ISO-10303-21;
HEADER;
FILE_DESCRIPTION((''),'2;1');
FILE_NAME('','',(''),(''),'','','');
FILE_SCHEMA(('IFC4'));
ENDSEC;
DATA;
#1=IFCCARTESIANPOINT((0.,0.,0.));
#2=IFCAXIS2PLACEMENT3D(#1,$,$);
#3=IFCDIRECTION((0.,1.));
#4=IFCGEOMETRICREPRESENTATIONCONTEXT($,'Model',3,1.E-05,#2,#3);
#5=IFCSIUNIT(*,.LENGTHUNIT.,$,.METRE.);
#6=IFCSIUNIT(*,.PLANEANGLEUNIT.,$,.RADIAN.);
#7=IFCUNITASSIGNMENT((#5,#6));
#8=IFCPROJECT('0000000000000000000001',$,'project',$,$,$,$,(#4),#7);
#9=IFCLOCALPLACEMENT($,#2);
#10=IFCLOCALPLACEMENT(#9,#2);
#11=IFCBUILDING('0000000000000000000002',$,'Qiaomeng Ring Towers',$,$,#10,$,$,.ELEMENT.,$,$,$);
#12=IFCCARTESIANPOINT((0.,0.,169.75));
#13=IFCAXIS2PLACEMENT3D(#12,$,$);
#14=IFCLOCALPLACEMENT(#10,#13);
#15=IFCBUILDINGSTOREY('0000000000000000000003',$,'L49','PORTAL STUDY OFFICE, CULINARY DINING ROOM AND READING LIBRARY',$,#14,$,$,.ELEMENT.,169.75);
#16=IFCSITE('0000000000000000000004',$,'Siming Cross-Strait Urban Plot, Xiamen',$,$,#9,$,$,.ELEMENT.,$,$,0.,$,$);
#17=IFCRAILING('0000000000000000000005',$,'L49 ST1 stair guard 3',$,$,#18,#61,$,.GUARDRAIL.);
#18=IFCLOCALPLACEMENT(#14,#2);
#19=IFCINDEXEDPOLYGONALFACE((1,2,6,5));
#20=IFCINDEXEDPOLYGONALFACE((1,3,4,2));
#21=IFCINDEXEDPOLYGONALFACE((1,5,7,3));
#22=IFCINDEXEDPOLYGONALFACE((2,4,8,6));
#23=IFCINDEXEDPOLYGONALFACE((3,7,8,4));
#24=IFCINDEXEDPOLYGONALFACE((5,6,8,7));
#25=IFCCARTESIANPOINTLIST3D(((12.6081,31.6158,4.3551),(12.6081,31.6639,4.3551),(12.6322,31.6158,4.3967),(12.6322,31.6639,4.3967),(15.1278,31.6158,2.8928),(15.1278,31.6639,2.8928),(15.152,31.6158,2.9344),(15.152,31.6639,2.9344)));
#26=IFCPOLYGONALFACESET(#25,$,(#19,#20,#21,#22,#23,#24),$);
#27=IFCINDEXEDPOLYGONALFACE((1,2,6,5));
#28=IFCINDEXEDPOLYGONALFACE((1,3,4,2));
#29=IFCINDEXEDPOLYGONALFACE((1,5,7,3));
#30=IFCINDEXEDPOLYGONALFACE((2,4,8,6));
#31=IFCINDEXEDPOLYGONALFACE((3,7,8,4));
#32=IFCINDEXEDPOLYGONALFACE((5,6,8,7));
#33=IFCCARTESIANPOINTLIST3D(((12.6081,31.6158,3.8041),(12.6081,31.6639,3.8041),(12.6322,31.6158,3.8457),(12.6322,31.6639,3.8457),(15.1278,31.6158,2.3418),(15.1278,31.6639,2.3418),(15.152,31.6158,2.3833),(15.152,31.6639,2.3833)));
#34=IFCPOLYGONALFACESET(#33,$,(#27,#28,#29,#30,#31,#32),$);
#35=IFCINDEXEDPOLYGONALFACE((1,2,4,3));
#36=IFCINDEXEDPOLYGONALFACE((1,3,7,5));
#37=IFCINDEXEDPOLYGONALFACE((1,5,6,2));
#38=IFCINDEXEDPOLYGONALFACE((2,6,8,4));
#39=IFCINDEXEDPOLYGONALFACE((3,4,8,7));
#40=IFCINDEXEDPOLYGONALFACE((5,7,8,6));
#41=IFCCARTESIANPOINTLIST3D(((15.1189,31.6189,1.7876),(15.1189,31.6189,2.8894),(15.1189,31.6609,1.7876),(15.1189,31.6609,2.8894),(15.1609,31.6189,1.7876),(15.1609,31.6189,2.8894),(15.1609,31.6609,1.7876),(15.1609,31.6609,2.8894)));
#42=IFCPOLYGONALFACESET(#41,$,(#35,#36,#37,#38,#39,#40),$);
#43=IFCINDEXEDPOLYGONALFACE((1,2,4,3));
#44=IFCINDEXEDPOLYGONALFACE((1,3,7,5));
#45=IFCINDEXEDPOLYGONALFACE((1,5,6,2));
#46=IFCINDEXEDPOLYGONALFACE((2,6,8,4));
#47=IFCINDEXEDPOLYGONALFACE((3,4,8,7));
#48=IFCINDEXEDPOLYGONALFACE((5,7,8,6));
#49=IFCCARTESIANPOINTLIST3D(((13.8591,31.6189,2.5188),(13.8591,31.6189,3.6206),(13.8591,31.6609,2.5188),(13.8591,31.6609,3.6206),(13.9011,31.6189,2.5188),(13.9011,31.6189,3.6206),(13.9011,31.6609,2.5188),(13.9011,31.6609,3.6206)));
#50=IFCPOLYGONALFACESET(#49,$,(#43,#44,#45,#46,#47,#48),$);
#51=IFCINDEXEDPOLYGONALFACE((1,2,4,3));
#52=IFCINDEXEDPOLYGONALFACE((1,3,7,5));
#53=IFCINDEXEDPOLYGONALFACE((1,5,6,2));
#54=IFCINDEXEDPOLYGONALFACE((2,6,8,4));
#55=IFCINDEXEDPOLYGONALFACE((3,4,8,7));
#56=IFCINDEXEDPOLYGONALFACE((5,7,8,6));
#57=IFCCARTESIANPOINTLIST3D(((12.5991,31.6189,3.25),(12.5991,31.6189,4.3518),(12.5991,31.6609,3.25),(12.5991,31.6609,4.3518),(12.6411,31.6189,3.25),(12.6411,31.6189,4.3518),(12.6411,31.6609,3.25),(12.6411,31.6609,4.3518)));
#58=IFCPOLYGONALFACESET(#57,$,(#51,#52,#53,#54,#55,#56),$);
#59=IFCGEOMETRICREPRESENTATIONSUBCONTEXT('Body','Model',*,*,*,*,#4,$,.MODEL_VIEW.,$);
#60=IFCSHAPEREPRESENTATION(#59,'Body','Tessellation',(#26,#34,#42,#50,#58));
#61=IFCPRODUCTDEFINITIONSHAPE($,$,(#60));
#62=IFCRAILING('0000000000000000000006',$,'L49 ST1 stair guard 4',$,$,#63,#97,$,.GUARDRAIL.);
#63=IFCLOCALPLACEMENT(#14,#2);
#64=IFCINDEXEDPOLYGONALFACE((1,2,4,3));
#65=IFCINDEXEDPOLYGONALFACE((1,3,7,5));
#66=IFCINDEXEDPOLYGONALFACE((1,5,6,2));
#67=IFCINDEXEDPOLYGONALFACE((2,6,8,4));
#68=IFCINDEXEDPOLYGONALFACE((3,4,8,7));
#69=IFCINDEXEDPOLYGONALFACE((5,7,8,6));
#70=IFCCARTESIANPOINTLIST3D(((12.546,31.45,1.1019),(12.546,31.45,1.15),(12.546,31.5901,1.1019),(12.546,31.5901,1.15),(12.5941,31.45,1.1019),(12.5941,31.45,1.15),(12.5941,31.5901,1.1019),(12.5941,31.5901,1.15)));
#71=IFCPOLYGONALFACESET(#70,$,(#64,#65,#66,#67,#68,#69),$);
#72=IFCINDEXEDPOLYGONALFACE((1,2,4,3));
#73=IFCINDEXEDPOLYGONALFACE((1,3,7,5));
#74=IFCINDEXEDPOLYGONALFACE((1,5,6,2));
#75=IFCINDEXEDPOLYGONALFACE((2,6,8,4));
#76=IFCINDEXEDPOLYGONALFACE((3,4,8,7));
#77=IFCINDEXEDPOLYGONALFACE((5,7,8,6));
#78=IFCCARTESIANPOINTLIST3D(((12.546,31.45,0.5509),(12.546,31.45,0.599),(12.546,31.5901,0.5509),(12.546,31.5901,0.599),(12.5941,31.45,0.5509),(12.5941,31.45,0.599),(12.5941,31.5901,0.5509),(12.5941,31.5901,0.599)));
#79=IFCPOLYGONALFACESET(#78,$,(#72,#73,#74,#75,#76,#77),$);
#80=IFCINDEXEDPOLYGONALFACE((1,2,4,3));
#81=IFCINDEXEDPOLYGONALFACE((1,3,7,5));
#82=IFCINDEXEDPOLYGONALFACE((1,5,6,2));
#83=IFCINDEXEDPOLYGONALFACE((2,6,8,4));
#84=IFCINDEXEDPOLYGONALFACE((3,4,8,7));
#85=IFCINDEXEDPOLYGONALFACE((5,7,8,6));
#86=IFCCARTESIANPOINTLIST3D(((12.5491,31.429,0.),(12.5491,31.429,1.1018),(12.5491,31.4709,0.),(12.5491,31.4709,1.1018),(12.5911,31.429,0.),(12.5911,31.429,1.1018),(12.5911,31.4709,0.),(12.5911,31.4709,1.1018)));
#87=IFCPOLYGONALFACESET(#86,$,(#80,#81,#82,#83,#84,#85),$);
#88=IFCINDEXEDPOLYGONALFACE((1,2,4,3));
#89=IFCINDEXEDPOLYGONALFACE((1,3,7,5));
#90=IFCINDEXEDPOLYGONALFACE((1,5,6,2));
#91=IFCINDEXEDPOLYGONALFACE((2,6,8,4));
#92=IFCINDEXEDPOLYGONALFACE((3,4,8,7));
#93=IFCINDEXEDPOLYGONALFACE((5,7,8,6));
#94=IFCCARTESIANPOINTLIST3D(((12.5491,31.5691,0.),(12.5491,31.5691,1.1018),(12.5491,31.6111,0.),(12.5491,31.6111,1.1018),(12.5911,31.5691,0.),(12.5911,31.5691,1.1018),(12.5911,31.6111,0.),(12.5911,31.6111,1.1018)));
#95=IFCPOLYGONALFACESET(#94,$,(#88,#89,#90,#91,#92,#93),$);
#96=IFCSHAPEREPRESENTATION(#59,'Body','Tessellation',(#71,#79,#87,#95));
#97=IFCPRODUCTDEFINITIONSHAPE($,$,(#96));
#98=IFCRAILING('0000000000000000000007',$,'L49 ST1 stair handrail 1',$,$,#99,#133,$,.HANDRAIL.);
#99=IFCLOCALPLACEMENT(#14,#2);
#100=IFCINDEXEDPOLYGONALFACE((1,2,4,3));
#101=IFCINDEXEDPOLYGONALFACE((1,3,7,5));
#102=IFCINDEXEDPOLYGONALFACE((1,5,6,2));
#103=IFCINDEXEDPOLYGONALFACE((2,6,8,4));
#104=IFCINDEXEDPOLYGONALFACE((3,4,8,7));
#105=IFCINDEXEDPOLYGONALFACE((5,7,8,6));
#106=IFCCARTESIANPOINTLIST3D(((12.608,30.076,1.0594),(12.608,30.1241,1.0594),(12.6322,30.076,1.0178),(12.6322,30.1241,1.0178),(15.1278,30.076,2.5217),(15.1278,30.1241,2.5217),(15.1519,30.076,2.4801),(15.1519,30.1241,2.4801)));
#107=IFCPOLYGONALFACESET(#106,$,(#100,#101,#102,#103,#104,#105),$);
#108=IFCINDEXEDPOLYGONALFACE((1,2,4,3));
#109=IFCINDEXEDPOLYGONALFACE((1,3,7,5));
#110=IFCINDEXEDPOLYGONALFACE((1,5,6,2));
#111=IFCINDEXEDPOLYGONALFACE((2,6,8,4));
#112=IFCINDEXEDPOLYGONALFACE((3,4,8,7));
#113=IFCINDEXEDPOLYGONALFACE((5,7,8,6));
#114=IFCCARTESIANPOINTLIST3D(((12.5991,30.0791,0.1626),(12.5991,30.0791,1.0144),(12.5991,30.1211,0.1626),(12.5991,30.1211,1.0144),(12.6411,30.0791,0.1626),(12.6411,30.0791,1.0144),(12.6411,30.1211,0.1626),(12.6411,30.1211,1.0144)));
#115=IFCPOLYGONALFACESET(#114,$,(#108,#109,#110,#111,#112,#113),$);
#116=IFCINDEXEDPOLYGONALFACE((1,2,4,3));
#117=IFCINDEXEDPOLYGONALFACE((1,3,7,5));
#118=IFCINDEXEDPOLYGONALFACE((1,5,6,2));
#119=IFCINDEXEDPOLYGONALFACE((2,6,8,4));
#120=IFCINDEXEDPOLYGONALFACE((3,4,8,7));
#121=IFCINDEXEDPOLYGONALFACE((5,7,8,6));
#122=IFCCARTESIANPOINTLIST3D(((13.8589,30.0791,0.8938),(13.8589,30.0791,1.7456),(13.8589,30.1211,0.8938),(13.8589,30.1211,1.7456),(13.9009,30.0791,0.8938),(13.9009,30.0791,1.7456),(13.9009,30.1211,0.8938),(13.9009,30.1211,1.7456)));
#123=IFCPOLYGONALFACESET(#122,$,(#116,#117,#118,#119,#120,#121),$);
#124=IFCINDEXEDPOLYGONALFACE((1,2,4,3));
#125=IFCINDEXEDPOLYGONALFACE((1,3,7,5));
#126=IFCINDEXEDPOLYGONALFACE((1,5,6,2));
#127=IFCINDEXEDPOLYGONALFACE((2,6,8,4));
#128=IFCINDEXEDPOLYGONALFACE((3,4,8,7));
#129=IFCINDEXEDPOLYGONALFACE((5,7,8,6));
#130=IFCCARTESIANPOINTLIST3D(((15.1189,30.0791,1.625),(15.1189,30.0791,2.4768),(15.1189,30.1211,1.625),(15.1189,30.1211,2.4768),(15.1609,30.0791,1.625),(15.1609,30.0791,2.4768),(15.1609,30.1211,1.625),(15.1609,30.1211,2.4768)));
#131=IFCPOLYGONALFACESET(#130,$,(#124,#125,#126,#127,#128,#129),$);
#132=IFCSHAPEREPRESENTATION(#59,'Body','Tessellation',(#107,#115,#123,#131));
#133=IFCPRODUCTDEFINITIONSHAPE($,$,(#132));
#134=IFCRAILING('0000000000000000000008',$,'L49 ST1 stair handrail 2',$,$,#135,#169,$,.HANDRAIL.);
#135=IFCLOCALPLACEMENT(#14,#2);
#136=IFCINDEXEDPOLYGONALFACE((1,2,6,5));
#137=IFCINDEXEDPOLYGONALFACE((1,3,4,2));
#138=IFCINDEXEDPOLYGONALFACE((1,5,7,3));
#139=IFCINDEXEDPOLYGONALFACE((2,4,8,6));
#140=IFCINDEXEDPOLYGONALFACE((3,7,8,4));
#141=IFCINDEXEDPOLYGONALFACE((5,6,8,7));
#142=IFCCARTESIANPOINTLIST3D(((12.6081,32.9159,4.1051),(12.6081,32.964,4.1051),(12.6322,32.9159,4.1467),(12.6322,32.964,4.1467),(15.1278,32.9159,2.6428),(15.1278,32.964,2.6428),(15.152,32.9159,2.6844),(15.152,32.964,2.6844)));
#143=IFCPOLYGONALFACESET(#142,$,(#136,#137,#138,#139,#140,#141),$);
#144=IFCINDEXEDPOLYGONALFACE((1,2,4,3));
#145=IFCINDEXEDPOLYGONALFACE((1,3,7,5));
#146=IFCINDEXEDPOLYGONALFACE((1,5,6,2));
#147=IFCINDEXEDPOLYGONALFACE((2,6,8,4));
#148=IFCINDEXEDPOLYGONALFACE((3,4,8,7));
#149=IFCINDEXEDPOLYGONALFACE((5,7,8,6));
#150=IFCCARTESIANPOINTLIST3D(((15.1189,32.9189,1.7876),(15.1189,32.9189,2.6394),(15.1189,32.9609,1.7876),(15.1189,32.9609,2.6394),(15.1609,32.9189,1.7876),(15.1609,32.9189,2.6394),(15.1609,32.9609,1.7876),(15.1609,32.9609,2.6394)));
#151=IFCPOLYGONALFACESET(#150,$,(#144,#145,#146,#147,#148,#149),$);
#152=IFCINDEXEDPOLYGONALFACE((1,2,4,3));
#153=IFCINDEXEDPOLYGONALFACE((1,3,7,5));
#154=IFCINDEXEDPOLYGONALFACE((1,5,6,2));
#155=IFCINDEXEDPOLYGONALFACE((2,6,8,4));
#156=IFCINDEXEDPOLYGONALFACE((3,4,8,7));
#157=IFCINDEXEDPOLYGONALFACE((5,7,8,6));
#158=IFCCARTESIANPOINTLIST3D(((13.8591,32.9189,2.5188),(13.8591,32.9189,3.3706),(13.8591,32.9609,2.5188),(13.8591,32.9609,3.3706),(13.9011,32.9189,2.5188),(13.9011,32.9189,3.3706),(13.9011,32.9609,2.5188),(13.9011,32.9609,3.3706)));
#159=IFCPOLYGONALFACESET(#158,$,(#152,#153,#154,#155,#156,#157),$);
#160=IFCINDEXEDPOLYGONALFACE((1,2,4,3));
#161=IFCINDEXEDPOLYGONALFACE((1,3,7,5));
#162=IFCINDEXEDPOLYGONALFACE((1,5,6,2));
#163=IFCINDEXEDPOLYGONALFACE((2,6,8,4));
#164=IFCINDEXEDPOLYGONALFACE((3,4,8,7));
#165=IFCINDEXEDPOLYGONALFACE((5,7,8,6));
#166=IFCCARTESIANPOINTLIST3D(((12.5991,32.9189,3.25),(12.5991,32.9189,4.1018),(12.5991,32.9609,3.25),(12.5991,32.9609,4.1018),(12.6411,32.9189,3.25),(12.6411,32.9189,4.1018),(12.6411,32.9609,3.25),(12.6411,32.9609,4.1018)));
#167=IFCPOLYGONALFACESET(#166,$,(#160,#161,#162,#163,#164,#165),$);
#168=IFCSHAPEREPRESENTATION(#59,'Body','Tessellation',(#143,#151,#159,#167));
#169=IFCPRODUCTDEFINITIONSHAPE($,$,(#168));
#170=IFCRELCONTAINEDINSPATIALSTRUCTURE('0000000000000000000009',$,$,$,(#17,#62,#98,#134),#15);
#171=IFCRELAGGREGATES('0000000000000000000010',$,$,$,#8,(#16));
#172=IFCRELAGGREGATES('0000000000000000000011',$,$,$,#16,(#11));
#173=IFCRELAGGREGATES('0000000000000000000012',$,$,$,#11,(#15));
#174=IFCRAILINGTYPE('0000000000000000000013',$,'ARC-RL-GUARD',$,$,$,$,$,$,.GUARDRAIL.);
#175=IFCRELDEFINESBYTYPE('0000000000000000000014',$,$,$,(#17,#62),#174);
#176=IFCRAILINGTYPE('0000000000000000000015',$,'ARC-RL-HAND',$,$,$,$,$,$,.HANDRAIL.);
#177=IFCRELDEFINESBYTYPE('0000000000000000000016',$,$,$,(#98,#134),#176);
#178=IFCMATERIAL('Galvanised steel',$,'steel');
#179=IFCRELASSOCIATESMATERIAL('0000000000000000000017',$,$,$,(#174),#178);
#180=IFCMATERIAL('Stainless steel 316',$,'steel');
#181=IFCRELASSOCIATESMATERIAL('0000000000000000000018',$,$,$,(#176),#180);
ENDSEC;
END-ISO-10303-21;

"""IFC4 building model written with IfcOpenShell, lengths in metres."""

from ifc_helpers import new_model, si_unit, direction, frame, origin, origin_2d, place, context, subcontext, project, spatial, rectangle, extrude, material, type_object, element, save


model = new_model("IFC4")

# Units and contexts
model_context = context("Model", 3, precision=1e-05, world=origin(), true_north=direction((0.0, 1.0)))
body_context = subcontext(model_context, "Body", "Model", "MODEL_VIEW")
ifc_project = project(units=[si_unit("LENGTHUNIT", "METRE"), si_unit("PLANEANGLEUNIT", "RADIAN")], contexts=[model_context])

# Site, building, storey
site_placement = place(None, origin())
site = spatial("IfcSite", under=ifc_project, at=site_placement, Name="Siming Cross-Strait Urban Plot, Xiamen", CompositionType="ELEMENT", RefElevation=0.0)
building_placement = place(site_placement, origin())
building = spatial("IfcBuilding", under=site, at=building_placement, Name="Qiaomeng Ring Towers", CompositionType="ELEMENT")
storey_placement = place(building_placement, frame((0.0, 0.0, 169.75)))
storey = spatial("IfcBuildingStorey", under=building, at=storey_placement, Name="L49", Description="PORTAL STUDY OFFICE, CULINARY DINING ROOM AND READING LIBRARY", CompositionType="ELEMENT", Elevation=169.75)

# Shared definitions
ifc_material_1 = material(Name="Galvanised steel", Category="steel")

# Railings
railing_type_1 = type_object("IfcRailingType", Name="ARC-RL-GUARD", PredefinedType="GUARDRAIL", material=ifc_material_1)
railing_1_placement = place(storey_placement, frame((15.1399, 31.6399, 1.7876)))
element("IfcRailing", 1, at=railing_1_placement, inside=storey, type_object=railing_type_1, Name="L49 ST1 stair guard 3", PredefinedType="GUARDRAIL", context=body_context, shape_type="SweptSolid", body=[
    extrude(rectangle(XDim=0.0481, YDim=0.0481, at=origin_2d()), frame((0.0, 0.0, 1.126), z_axis=(-0.864892, 0.0, 0.501958), x_axis=(0.0, -1.0, 0.0)), (0.0, 0.0, 1.0), 2.9133),
    extrude(rectangle(XDim=0.0481, YDim=0.0481, at=origin_2d()), frame((0.0, 0.0, 0.575), z_axis=(-0.864892, 0.0, 0.501958), x_axis=(0.0, -1.0, 0.0)), (0.0, 0.0, 1.0), 2.9133),
    extrude(rectangle(XDim=0.042, YDim=0.042, at=origin_2d()), origin(), (0.0, 0.0, 1.0), 1.1018),
    extrude(rectangle(XDim=0.042, YDim=0.042, at=origin_2d()), frame((-1.2598, 0.0, 0.7312)), (0.0, 0.0, 1.0), 1.1018),
    extrude(rectangle(XDim=0.042, YDim=0.042, at=origin_2d()), frame((-2.5198, 0.0, 1.4624)), (0.0, 0.0, 1.0), 1.1018),
])
railing_2_placement = place(storey_placement, frame((12.5701, 31.45, 0.0)))
element("IfcRailing", 2, at=railing_2_placement, inside=storey, type_object=railing_type_1, Name="L49 ST1 stair guard 4", PredefinedType="GUARDRAIL", context=body_context, shape_type="SweptSolid", body=[
    extrude(rectangle(XDim=0.0481, YDim=0.0481, at=origin_2d()), frame((0.0, 0.0, 1.126), z_axis=(0.0, 1.0, 0.0), x_axis=(-1.0, 0.0, 0.0)), (0.0, 0.0, 1.0), 0.1401),
    extrude(rectangle(XDim=0.0481, YDim=0.0481, at=origin_2d()), frame((0.0, 0.0, 0.575), z_axis=(0.0, 1.0, 0.0), x_axis=(-1.0, 0.0, 0.0)), (0.0, 0.0, 1.0), 0.1401),
    extrude(rectangle(XDim=0.042, YDim=0.042, at=origin_2d()), origin(), (0.0, 0.0, 1.0), 1.1018),
    extrude(rectangle(XDim=0.042, YDim=0.042, at=origin_2d()), frame((0.0, 0.1401, 0.0)), (0.0, 0.0, 1.0), 1.1018),
])
ifc_material_2 = material(Name="Stainless steel 316", Category="steel")
railing_type_2 = type_object("IfcRailingType", Name="ARC-RL-HAND", PredefinedType="HANDRAIL", material=ifc_material_2)
railing_3_placement = place(storey_placement, frame((12.6201, 30.1001, 0.1626)))
element("IfcRailing", 3, at=railing_3_placement, inside=storey, type_object=railing_type_2, Name="L49 ST1 stair handrail 1", PredefinedType="HANDRAIL", context=body_context, shape_type="SweptSolid", body=[
    extrude(rectangle(XDim=0.0481, YDim=0.0481, at=origin_2d()), frame((0.0, 0.0, 0.876), z_axis=(0.864892, 0.0, 0.501958), x_axis=(0.0, 1.0, 0.0)), (0.0, 0.0, 1.0), 2.9133),
    extrude(rectangle(XDim=0.042, YDim=0.042, at=origin_2d()), origin(), (0.0, 0.0, 1.0), 0.8518),
    extrude(rectangle(XDim=0.042, YDim=0.042, at=origin_2d()), frame((1.2598, 0.0, 0.7312)), (0.0, 0.0, 1.0), 0.8518),
    extrude(rectangle(XDim=0.042, YDim=0.042, at=origin_2d()), frame((2.5198, 0.0, 1.4624)), (0.0, 0.0, 1.0), 0.8518),
])
railing_4_placement = place(storey_placement, frame((15.1399, 32.9399, 1.7876)))
element("IfcRailing", 4, at=railing_4_placement, inside=storey, type_object=railing_type_2, Name="L49 ST1 stair handrail 2", PredefinedType="HANDRAIL", context=body_context, shape_type="SweptSolid", body=[
    extrude(rectangle(XDim=0.0481, YDim=0.0481, at=origin_2d()), frame((0.0, 0.0, 0.876), z_axis=(-0.864892, 0.0, 0.501958), x_axis=(0.0, -1.0, 0.0)), (0.0, 0.0, 1.0), 2.9133),
    extrude(rectangle(XDim=0.042, YDim=0.042, at=origin_2d()), origin(), (0.0, 0.0, 1.0), 0.8518),
    extrude(rectangle(XDim=0.042, YDim=0.042, at=origin_2d()), frame((-1.2598, 0.0, 0.7312)), (0.0, 0.0, 1.0), 0.8518),
    extrude(rectangle(XDim=0.042, YDim=0.042, at=origin_2d()), frame((-2.5198, 0.0, 1.4624)), (0.0, 0.0, 1.0), 0.8518),
])

save(model, "model.ifc")
